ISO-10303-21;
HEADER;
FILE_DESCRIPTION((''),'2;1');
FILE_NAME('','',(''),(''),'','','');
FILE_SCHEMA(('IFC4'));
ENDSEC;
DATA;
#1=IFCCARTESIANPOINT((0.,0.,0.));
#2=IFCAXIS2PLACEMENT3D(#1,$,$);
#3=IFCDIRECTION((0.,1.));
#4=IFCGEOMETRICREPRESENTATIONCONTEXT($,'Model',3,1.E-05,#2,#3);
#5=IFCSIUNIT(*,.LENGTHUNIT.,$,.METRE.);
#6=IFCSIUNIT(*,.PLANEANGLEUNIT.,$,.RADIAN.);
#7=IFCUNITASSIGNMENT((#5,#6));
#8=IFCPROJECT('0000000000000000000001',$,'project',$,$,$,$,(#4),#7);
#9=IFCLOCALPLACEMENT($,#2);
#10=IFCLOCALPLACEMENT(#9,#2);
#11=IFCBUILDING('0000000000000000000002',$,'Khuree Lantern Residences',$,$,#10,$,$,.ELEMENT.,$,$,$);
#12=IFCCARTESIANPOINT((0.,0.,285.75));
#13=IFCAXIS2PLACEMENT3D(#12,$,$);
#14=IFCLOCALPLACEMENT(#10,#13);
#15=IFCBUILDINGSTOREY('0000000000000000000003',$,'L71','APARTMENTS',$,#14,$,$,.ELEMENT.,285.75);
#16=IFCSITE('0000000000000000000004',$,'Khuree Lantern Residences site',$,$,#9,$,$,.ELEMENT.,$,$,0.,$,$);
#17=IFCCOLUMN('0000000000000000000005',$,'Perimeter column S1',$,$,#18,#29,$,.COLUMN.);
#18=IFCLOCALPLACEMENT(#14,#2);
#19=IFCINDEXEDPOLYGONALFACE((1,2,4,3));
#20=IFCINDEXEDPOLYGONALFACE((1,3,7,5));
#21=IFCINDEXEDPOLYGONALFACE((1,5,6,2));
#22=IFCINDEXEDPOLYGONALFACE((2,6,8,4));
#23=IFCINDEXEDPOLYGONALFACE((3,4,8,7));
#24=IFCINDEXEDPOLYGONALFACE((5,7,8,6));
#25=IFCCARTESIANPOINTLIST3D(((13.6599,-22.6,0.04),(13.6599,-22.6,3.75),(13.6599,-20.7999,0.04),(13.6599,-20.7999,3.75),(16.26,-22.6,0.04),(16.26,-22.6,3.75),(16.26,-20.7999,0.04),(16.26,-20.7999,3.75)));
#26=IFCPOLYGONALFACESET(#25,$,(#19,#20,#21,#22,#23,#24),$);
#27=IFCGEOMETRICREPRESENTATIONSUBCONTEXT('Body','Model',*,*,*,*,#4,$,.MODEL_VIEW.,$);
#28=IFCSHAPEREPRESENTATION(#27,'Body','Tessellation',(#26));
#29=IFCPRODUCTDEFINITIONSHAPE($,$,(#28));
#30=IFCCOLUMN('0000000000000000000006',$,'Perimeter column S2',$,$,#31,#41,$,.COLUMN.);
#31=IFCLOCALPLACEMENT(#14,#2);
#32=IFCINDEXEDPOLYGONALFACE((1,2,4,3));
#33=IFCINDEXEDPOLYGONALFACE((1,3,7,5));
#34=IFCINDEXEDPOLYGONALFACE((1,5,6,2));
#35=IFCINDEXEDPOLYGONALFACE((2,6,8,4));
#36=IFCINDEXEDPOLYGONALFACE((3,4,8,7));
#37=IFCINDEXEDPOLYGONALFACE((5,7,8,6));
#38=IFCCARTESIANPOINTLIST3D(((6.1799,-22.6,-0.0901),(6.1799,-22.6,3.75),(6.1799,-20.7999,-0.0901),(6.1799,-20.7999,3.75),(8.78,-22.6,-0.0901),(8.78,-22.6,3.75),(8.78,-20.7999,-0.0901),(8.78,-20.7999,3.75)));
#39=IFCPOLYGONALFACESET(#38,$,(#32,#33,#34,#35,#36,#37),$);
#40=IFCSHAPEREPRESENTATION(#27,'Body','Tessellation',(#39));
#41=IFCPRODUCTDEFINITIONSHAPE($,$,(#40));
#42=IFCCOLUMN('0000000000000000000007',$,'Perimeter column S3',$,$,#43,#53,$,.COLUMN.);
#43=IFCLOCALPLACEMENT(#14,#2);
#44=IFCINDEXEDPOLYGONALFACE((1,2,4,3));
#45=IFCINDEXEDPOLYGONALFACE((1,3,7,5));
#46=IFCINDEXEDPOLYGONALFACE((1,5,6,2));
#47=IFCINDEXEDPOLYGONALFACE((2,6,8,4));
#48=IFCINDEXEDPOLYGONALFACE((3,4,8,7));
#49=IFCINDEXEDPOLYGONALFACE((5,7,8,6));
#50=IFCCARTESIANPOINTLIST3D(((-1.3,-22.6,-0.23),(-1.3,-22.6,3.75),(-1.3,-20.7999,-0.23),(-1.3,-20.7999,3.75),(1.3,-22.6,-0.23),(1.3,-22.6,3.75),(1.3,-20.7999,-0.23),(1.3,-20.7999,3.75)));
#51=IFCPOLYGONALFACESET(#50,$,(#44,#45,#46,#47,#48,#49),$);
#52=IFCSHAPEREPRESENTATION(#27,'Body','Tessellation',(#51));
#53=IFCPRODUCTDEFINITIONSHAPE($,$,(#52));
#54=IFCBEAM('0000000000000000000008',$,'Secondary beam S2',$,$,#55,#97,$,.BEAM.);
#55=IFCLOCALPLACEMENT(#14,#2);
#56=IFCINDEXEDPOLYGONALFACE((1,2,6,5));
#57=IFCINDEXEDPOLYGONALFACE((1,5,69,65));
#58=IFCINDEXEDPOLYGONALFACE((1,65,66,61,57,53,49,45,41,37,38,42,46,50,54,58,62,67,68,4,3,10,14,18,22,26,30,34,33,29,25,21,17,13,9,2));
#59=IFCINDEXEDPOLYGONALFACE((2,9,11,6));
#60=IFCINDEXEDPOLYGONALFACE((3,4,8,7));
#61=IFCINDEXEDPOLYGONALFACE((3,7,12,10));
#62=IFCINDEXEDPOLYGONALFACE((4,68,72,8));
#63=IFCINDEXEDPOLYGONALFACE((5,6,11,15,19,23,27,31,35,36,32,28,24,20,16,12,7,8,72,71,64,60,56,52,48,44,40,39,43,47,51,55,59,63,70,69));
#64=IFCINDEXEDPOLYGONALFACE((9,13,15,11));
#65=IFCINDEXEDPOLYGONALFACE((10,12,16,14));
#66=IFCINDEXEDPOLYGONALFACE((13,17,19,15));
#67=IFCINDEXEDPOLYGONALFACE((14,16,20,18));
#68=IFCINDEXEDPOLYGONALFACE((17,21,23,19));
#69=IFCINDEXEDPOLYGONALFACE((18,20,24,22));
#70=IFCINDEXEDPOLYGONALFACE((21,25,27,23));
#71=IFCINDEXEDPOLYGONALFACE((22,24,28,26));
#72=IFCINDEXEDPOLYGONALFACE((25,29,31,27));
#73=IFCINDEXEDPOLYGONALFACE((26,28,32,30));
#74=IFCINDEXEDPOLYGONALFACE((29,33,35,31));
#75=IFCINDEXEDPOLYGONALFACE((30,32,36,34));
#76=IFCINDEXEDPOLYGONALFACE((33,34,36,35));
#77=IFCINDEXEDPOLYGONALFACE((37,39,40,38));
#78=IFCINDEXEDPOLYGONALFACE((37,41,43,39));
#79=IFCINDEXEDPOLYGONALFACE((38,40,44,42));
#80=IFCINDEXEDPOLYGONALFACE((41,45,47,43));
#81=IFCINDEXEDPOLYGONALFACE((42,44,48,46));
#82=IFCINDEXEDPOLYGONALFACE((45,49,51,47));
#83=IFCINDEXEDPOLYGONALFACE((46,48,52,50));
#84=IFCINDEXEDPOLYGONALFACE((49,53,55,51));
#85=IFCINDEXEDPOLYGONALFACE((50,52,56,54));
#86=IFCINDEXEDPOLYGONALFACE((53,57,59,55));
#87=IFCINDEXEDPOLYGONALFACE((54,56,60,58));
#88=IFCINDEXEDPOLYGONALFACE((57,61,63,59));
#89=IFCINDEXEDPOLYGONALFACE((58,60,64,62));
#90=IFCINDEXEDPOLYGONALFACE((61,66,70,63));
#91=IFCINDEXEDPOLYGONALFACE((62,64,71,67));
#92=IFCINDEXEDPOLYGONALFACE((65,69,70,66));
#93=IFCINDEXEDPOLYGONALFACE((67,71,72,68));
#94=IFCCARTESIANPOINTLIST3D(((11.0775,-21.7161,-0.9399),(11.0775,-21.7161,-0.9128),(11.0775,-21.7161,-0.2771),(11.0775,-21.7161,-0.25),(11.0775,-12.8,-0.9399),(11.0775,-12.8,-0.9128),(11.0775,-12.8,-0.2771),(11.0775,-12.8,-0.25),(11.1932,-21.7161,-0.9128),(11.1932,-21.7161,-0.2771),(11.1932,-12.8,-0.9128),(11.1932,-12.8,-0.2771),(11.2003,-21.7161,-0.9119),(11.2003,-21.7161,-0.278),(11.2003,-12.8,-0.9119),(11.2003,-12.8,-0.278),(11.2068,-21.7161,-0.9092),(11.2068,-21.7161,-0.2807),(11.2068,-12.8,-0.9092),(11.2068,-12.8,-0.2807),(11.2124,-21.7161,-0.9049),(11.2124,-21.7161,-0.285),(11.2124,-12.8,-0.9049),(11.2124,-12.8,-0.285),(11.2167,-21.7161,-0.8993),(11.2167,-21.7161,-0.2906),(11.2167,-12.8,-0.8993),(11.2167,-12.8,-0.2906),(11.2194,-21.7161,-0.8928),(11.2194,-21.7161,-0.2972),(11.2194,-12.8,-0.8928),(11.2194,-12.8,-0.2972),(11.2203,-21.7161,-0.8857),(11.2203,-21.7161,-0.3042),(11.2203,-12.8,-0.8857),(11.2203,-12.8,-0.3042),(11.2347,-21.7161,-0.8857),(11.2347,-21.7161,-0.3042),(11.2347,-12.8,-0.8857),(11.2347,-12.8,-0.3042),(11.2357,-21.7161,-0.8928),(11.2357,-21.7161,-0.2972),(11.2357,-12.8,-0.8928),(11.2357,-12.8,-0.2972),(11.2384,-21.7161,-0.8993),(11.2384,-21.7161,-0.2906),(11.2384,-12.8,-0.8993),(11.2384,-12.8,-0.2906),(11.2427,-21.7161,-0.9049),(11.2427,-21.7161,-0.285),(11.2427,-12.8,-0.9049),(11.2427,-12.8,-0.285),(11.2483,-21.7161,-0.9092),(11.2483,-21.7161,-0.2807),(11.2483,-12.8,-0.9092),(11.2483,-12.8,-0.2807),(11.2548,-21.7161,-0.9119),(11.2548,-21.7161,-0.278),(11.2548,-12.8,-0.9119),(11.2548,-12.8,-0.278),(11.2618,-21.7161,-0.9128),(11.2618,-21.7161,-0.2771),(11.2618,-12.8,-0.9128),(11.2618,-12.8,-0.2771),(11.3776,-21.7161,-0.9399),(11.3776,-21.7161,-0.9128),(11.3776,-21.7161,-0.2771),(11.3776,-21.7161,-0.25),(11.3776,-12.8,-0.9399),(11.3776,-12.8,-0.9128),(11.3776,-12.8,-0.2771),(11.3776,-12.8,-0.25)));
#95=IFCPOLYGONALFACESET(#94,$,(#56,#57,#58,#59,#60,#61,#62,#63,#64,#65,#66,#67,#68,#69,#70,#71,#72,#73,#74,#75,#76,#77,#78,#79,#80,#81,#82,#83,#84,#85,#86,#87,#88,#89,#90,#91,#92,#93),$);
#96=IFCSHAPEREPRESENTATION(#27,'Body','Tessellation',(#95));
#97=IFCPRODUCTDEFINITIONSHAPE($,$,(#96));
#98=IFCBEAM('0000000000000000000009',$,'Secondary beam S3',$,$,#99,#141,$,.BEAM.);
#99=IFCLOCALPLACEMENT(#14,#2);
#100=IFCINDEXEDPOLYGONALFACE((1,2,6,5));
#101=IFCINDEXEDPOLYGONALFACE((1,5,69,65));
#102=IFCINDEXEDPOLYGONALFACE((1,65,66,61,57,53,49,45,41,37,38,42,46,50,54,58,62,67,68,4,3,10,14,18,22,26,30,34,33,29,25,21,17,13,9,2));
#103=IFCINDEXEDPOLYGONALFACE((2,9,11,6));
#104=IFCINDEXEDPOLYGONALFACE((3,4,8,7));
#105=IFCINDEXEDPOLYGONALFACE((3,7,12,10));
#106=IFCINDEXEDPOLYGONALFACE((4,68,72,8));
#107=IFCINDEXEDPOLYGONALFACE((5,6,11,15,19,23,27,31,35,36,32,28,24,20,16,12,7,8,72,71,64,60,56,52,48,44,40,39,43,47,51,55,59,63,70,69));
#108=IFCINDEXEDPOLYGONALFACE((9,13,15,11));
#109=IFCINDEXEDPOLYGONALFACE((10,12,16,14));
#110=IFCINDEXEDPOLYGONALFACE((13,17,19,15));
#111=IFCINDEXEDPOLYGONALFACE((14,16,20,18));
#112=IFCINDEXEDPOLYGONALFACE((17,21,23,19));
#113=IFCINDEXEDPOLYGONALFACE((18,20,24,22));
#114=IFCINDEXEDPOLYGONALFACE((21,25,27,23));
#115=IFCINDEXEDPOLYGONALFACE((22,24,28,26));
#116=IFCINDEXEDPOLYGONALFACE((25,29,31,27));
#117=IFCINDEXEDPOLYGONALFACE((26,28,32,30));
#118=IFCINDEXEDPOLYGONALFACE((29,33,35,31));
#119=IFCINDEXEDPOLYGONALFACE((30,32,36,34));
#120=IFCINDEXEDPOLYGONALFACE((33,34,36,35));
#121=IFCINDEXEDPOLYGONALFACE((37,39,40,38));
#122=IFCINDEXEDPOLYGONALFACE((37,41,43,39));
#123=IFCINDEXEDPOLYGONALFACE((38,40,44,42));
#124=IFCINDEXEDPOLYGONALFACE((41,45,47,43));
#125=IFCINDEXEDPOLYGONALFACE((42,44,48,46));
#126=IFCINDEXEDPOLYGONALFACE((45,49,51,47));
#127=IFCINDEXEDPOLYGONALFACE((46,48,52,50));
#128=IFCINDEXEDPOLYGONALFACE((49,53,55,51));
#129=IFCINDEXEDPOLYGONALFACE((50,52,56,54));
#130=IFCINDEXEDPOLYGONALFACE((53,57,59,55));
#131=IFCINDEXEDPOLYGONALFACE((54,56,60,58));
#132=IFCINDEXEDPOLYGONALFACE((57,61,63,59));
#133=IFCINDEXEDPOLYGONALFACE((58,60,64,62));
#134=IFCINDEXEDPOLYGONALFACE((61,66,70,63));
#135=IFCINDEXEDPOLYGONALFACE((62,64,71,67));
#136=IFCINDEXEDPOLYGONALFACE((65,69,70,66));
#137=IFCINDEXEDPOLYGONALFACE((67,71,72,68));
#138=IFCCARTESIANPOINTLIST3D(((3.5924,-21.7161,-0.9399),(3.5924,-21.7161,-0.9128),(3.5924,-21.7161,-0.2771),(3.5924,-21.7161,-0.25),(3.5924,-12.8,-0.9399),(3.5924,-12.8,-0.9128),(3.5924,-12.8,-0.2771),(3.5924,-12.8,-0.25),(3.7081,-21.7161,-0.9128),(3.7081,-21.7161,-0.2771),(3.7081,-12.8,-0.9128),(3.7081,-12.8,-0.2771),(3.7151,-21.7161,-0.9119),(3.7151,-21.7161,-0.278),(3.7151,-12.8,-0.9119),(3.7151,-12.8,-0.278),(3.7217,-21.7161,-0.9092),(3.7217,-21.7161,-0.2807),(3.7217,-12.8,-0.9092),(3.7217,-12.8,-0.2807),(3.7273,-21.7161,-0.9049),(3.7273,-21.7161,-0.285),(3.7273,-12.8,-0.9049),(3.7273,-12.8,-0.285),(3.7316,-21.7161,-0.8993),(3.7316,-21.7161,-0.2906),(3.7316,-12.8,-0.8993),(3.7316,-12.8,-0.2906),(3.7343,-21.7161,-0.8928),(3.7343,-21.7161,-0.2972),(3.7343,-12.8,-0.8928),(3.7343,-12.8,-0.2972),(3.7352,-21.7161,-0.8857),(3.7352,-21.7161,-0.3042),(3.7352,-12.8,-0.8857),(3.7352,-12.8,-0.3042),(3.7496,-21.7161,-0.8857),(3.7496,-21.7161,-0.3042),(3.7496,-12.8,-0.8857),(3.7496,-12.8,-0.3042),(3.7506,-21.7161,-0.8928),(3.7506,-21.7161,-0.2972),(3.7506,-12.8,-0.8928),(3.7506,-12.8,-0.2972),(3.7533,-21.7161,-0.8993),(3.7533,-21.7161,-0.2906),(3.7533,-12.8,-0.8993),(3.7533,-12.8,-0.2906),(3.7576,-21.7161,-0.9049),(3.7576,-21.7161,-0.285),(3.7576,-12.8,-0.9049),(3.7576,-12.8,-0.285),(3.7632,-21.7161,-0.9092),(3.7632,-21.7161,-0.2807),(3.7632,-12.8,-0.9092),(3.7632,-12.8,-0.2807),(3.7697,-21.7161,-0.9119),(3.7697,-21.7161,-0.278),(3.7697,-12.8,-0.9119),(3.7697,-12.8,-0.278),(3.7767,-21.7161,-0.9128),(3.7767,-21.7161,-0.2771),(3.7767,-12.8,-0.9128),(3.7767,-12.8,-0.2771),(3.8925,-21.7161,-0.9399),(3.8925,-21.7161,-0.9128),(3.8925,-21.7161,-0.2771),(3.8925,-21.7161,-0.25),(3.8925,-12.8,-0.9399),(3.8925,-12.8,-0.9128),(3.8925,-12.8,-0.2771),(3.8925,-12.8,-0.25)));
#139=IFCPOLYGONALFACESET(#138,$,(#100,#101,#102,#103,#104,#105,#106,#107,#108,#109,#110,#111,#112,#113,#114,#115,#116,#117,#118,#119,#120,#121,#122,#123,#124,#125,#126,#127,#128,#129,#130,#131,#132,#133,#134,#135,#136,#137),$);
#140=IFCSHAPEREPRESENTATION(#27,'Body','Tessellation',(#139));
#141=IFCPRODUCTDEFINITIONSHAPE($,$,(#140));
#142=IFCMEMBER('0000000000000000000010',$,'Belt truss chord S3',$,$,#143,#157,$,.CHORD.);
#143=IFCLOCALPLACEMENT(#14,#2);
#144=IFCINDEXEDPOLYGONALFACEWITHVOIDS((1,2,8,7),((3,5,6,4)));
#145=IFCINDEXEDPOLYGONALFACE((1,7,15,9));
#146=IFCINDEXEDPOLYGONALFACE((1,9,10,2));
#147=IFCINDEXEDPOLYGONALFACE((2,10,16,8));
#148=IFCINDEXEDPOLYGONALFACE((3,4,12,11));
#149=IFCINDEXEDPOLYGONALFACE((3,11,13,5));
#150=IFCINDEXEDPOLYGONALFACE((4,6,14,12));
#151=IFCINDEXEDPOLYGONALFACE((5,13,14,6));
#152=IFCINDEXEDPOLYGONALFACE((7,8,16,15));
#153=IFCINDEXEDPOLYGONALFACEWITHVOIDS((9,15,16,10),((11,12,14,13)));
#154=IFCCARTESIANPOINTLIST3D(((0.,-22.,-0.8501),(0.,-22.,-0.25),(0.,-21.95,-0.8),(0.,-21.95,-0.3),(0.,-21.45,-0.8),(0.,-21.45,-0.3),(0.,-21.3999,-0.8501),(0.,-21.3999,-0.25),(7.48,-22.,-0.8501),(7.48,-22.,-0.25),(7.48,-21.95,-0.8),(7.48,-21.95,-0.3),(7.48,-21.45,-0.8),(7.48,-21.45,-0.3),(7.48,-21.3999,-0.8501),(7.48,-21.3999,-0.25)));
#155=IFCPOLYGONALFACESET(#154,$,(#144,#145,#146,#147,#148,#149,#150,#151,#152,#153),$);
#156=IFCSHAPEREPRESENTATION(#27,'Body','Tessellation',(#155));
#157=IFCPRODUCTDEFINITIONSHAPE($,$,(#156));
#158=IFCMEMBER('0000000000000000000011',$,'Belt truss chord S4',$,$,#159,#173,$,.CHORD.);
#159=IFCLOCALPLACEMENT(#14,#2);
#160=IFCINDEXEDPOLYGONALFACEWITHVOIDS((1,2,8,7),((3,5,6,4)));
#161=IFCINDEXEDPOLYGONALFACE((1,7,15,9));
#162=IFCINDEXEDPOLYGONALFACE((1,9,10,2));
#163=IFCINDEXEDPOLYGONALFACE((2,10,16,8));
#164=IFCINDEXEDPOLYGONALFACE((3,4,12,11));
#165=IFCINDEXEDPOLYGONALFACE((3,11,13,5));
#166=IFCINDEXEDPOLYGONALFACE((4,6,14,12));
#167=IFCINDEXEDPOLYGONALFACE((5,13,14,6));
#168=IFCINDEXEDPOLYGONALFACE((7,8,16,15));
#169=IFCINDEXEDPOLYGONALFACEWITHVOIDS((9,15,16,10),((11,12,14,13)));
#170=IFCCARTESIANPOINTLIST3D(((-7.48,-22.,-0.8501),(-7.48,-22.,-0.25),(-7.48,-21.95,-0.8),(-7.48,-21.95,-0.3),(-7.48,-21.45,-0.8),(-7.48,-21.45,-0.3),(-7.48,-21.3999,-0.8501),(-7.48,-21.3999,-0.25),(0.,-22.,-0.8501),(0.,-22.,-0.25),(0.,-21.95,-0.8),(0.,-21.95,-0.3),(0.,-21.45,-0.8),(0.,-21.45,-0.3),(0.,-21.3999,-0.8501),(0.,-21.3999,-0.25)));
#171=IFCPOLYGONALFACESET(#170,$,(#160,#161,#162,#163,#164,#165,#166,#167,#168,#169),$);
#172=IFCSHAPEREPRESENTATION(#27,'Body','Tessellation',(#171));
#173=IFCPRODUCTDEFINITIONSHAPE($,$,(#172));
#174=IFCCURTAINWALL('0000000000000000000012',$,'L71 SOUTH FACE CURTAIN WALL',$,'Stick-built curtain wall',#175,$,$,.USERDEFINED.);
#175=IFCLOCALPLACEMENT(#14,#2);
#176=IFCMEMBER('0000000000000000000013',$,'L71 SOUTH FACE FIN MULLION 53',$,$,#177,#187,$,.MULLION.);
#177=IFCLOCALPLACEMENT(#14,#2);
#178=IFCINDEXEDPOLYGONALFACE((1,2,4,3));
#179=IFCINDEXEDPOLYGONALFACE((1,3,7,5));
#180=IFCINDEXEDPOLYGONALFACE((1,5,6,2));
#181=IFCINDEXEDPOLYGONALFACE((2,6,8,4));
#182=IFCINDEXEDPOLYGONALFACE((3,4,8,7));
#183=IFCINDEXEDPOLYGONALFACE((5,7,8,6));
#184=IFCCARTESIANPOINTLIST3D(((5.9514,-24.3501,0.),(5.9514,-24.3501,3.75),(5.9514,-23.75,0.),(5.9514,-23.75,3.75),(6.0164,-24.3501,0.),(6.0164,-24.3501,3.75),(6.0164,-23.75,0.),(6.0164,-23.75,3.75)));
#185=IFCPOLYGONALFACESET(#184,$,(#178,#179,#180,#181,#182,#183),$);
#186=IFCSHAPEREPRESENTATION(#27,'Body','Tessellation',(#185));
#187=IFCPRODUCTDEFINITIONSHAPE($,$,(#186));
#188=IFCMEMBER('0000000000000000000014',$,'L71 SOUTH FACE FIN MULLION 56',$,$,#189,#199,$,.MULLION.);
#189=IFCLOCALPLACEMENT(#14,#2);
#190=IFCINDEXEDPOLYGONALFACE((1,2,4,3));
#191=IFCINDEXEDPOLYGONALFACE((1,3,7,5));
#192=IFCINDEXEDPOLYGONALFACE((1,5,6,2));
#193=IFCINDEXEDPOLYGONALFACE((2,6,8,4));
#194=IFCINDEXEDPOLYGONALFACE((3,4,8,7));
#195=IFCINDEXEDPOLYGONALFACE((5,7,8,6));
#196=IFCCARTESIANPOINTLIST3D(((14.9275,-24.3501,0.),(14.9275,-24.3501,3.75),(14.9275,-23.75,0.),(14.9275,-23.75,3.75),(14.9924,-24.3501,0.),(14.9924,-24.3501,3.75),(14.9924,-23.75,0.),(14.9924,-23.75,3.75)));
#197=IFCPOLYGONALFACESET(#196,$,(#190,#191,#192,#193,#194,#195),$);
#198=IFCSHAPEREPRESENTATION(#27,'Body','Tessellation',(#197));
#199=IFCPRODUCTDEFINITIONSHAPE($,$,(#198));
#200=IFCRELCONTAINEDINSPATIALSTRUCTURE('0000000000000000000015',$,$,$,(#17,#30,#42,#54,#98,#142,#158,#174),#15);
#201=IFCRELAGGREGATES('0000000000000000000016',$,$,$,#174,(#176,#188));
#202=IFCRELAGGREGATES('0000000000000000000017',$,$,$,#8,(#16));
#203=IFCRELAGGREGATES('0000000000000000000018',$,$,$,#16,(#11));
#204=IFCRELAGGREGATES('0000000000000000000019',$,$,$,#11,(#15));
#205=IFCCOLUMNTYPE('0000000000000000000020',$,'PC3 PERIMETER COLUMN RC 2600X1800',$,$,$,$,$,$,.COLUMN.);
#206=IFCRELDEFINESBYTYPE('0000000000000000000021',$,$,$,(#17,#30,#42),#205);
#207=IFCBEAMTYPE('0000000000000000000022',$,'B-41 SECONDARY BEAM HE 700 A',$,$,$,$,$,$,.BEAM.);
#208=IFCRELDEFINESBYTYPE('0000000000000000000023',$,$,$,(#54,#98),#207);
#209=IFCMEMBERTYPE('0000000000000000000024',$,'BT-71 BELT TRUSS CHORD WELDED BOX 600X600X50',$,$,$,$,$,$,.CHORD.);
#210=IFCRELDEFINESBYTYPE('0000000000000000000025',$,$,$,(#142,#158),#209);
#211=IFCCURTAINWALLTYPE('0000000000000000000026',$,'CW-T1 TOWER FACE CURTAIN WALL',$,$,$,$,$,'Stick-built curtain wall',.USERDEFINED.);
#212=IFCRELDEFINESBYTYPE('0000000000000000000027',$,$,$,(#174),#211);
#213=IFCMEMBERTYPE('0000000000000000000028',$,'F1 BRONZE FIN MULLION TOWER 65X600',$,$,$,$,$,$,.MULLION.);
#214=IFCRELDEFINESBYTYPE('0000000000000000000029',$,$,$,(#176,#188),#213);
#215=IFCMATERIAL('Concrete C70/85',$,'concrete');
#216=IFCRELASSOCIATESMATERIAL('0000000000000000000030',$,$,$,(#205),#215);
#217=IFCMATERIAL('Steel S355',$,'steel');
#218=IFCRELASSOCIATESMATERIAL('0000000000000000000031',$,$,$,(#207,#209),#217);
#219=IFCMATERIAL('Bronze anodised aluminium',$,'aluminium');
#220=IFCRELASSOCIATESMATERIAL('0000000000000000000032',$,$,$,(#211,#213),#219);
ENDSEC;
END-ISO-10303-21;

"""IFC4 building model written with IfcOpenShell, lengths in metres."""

from ifc_helpers import new_model, si_unit, direction, frame, origin, origin_2d, place, context, subcontext, project, spatial, rectangle, hollow_rectangle, i_section, extrude, material, material_profile, profile_set, type_object, element, aggregate, save


model = new_model("IFC4")

# Units and contexts
model_context = context("Model", 3, precision=1e-05, world=origin(), true_north=direction((0.0, 1.0)))
body_context = subcontext(model_context, "Body", "Model", "MODEL_VIEW")
ifc_project = project(units=[si_unit("LENGTHUNIT", "METRE"), si_unit("PLANEANGLEUNIT", "RADIAN")], contexts=[model_context])

# Site, building, storey
site_placement = place(None, origin())
site = spatial("IfcSite", under=ifc_project, at=site_placement, Name="Khuree Lantern Residences site", CompositionType="ELEMENT", RefElevation=0.0)
building_placement = place(site_placement, origin())
building = spatial("IfcBuilding", under=site, at=building_placement, Name="Khuree Lantern Residences", CompositionType="ELEMENT")
storey_placement = place(building_placement, frame((0.0, 0.0, 285.75)))
storey = spatial("IfcBuildingStorey", under=building, at=storey_placement, Name="L71", Description="APARTMENTS", CompositionType="ELEMENT", Elevation=285.75)

# Columns
ifc_material_1 = material(Name="Concrete C70/85", Category="concrete")
ifc_material_profile_1 = material_profile(ifc_material_1, rectangle(XDim=2.6001, YDim=1.8, at=origin_2d()), Name="RC 2600X1800")
ifc_profile_set_1 = profile_set([ifc_material_profile_1], Name="Concrete C70/85")
column_type = type_object("IfcColumnType", Name="PC3 PERIMETER COLUMN RC 2600X1800", PredefinedType="COLUMN", material=ifc_profile_set_1)
column_1_placement = place(storey_placement, frame((14.96, -21.7, 0.04), z_axis=(0.0, 0.0, 1.0), x_axis=(1.0, 0.0, 0.0)))
element("IfcColumn", 1, at=column_1_placement, inside=storey, type_object=column_type, Name="Perimeter column S1", PredefinedType="COLUMN", context=body_context, shape_type="SweptSolid", body=[
    extrude(rectangle(XDim=2.6001, YDim=1.8, at=origin_2d()), origin(), (0.0, 0.0, 1.0), 3.71),
])
column_2_placement = place(storey_placement, frame((7.48, -21.7, -0.0901), z_axis=(0.0, 0.0, 1.0), x_axis=(1.0, 0.0, 0.0)))
element("IfcColumn", 2, at=column_2_placement, inside=storey, type_object=column_type, Name="Perimeter column S2", PredefinedType="COLUMN", context=body_context, shape_type="SweptSolid", body=[
    extrude(rectangle(XDim=2.6001, YDim=1.8, at=origin_2d()), origin(), (0.0, 0.0, 1.0), 3.8401),
])
column_3_placement = place(storey_placement, frame((0.0, -21.7, -0.23), z_axis=(0.0, 0.0, 1.0), x_axis=(1.0, 0.0, 0.0)))
element("IfcColumn", 3, at=column_3_placement, inside=storey, type_object=column_type, Name="Perimeter column S3", PredefinedType="COLUMN", context=body_context, shape_type="SweptSolid", body=[
    extrude(rectangle(XDim=2.6001, YDim=1.8, at=origin_2d()), origin(), (0.0, 0.0, 1.0), 3.98),
])

# Beams
ifc_material_2 = material(Name="Steel S355", Category="steel")
ifc_material_profile_2 = material_profile(ifc_material_2, i_section(OverallWidth=0.3, OverallDepth=0.6899, WebThickness=0.0144, FlangeThickness=0.0271, FilletRadius=0.0271, at=origin_2d()), Name="HE 700 A")
ifc_profile_set_2 = profile_set([ifc_material_profile_2], Name="Steel S355")
beam_type_1 = type_object("IfcBeamType", Name="B-41 SECONDARY BEAM HE 700 A", PredefinedType="BEAM", material=ifc_profile_set_2)
for number, where, z_axis, x_axis, name in (
    (4, (11.2275, -21.7161, -0.595), (0.0, 1.0, 0.0), (-1.0, 0.0, 0.0), "Secondary beam S2"),
    (5, (3.7424, -21.7161, -0.595), (0.0, 1.0, 0.0), (-1.0, 0.0, 0.0), "Secondary beam S3"),
):
    element("IfcBeam", number, at=place(storey_placement, frame(where, z_axis=z_axis, x_axis=x_axis)), inside=storey, type_object=beam_type_1, Name=name, PredefinedType="BEAM", context=body_context, shape_type="SweptSolid", body=[
        extrude(i_section(OverallWidth=0.3, OverallDepth=0.6899, WebThickness=0.0144, FlangeThickness=0.0271, FilletRadius=0.0271, at=origin_2d()), origin(), (0.0, 0.0, 1.0), 8.916),
    ])

# Members
ifc_material_profile_3 = material_profile(ifc_material_2, hollow_rectangle(XDim=0.6001, YDim=0.6001, WallThickness=0.05, at=origin_2d()), Name="WELDED BOX 600X600X50")
ifc_profile_set_3 = profile_set([ifc_material_profile_3], Name="Steel S355")
member_type_1 = type_object("IfcMemberType", Name="BT-71 BELT TRUSS CHORD WELDED BOX 600X600X50", PredefinedType="CHORD", material=ifc_profile_set_3)
for number, where, z_axis, x_axis, name in (
    (6, (7.48, -21.7, -0.55), (-1.0, 0.0, 0.0), (0.0, -1.0, 0.0), "Belt truss chord S3"),
    (7, (0.0, -21.7, -0.55), (-1.0, 0.0, 0.0), (0.0, -1.0, 0.0), "Belt truss chord S4"),
):
    element("IfcMember", number, at=place(storey_placement, frame(where, z_axis=z_axis, x_axis=x_axis)), inside=storey, type_object=member_type_1, Name=name, PredefinedType="CHORD", context=body_context, shape_type="SweptSolid", body=[
        extrude(hollow_rectangle(XDim=0.6001, YDim=0.6001, WallThickness=0.05, at=origin_2d()), origin(), (0.0, 0.0, 1.0), 7.48),
    ])

# Curtain wall, members
ifc_material_3 = material(Name="Bronze anodised aluminium", Category="aluminium")
curtain_wall_type = type_object("IfcCurtainWallType", Name="CW-T1 TOWER FACE CURTAIN WALL", ElementType="Stick-built curtain wall", PredefinedType="USERDEFINED", material=ifc_material_3)
curtain_wall_placement = place(storey_placement, origin())
curtain_wall = element("IfcCurtainWall", 8, at=curtain_wall_placement, inside=storey, type_object=curtain_wall_type, Name="L71 SOUTH FACE CURTAIN WALL", ObjectType="Stick-built curtain wall", PredefinedType="USERDEFINED")
ifc_material_profile_4 = material_profile(ifc_material_3, rectangle(XDim=0.0649, YDim=0.6001, at=origin_2d()), Name="F1 65X600")
ifc_profile_set_4 = profile_set([ifc_material_profile_4], Name="Bronze anodised aluminium")
member_type_2 = type_object("IfcMemberType", Name="F1 BRONZE FIN MULLION TOWER 65X600", PredefinedType="MULLION", material=ifc_profile_set_4)
member_1_placement = place(storey_placement, frame((5.9839, -24.05, 0.0), z_axis=(0.0, 0.0, 1.0), x_axis=(1.0, 0.0, 0.0)))
member_1 = element("IfcMember", 9, at=member_1_placement, type_object=member_type_2, Name="L71 SOUTH FACE FIN MULLION 53", PredefinedType="MULLION", context=body_context, shape_type="SweptSolid", body=[
    extrude(rectangle(XDim=0.0649, YDim=0.6001, at=origin_2d()), origin(), (0.0, 0.0, 1.0), 3.75),
])
member_2_placement = place(storey_placement, frame((14.96, -24.05, 0.0), z_axis=(0.0, 0.0, 1.0), x_axis=(1.0, 0.0, 0.0)))
member_2 = element("IfcMember", 10, at=member_2_placement, type_object=member_type_2, Name="L71 SOUTH FACE FIN MULLION 56", PredefinedType="MULLION", context=body_context, shape_type="SweptSolid", body=[
    extrude(rectangle(XDim=0.0649, YDim=0.6001, at=origin_2d()), origin(), (0.0, 0.0, 1.0), 3.75),
])

aggregate(curtain_wall, [member_1, member_2])

save(model, "model.ifc")
